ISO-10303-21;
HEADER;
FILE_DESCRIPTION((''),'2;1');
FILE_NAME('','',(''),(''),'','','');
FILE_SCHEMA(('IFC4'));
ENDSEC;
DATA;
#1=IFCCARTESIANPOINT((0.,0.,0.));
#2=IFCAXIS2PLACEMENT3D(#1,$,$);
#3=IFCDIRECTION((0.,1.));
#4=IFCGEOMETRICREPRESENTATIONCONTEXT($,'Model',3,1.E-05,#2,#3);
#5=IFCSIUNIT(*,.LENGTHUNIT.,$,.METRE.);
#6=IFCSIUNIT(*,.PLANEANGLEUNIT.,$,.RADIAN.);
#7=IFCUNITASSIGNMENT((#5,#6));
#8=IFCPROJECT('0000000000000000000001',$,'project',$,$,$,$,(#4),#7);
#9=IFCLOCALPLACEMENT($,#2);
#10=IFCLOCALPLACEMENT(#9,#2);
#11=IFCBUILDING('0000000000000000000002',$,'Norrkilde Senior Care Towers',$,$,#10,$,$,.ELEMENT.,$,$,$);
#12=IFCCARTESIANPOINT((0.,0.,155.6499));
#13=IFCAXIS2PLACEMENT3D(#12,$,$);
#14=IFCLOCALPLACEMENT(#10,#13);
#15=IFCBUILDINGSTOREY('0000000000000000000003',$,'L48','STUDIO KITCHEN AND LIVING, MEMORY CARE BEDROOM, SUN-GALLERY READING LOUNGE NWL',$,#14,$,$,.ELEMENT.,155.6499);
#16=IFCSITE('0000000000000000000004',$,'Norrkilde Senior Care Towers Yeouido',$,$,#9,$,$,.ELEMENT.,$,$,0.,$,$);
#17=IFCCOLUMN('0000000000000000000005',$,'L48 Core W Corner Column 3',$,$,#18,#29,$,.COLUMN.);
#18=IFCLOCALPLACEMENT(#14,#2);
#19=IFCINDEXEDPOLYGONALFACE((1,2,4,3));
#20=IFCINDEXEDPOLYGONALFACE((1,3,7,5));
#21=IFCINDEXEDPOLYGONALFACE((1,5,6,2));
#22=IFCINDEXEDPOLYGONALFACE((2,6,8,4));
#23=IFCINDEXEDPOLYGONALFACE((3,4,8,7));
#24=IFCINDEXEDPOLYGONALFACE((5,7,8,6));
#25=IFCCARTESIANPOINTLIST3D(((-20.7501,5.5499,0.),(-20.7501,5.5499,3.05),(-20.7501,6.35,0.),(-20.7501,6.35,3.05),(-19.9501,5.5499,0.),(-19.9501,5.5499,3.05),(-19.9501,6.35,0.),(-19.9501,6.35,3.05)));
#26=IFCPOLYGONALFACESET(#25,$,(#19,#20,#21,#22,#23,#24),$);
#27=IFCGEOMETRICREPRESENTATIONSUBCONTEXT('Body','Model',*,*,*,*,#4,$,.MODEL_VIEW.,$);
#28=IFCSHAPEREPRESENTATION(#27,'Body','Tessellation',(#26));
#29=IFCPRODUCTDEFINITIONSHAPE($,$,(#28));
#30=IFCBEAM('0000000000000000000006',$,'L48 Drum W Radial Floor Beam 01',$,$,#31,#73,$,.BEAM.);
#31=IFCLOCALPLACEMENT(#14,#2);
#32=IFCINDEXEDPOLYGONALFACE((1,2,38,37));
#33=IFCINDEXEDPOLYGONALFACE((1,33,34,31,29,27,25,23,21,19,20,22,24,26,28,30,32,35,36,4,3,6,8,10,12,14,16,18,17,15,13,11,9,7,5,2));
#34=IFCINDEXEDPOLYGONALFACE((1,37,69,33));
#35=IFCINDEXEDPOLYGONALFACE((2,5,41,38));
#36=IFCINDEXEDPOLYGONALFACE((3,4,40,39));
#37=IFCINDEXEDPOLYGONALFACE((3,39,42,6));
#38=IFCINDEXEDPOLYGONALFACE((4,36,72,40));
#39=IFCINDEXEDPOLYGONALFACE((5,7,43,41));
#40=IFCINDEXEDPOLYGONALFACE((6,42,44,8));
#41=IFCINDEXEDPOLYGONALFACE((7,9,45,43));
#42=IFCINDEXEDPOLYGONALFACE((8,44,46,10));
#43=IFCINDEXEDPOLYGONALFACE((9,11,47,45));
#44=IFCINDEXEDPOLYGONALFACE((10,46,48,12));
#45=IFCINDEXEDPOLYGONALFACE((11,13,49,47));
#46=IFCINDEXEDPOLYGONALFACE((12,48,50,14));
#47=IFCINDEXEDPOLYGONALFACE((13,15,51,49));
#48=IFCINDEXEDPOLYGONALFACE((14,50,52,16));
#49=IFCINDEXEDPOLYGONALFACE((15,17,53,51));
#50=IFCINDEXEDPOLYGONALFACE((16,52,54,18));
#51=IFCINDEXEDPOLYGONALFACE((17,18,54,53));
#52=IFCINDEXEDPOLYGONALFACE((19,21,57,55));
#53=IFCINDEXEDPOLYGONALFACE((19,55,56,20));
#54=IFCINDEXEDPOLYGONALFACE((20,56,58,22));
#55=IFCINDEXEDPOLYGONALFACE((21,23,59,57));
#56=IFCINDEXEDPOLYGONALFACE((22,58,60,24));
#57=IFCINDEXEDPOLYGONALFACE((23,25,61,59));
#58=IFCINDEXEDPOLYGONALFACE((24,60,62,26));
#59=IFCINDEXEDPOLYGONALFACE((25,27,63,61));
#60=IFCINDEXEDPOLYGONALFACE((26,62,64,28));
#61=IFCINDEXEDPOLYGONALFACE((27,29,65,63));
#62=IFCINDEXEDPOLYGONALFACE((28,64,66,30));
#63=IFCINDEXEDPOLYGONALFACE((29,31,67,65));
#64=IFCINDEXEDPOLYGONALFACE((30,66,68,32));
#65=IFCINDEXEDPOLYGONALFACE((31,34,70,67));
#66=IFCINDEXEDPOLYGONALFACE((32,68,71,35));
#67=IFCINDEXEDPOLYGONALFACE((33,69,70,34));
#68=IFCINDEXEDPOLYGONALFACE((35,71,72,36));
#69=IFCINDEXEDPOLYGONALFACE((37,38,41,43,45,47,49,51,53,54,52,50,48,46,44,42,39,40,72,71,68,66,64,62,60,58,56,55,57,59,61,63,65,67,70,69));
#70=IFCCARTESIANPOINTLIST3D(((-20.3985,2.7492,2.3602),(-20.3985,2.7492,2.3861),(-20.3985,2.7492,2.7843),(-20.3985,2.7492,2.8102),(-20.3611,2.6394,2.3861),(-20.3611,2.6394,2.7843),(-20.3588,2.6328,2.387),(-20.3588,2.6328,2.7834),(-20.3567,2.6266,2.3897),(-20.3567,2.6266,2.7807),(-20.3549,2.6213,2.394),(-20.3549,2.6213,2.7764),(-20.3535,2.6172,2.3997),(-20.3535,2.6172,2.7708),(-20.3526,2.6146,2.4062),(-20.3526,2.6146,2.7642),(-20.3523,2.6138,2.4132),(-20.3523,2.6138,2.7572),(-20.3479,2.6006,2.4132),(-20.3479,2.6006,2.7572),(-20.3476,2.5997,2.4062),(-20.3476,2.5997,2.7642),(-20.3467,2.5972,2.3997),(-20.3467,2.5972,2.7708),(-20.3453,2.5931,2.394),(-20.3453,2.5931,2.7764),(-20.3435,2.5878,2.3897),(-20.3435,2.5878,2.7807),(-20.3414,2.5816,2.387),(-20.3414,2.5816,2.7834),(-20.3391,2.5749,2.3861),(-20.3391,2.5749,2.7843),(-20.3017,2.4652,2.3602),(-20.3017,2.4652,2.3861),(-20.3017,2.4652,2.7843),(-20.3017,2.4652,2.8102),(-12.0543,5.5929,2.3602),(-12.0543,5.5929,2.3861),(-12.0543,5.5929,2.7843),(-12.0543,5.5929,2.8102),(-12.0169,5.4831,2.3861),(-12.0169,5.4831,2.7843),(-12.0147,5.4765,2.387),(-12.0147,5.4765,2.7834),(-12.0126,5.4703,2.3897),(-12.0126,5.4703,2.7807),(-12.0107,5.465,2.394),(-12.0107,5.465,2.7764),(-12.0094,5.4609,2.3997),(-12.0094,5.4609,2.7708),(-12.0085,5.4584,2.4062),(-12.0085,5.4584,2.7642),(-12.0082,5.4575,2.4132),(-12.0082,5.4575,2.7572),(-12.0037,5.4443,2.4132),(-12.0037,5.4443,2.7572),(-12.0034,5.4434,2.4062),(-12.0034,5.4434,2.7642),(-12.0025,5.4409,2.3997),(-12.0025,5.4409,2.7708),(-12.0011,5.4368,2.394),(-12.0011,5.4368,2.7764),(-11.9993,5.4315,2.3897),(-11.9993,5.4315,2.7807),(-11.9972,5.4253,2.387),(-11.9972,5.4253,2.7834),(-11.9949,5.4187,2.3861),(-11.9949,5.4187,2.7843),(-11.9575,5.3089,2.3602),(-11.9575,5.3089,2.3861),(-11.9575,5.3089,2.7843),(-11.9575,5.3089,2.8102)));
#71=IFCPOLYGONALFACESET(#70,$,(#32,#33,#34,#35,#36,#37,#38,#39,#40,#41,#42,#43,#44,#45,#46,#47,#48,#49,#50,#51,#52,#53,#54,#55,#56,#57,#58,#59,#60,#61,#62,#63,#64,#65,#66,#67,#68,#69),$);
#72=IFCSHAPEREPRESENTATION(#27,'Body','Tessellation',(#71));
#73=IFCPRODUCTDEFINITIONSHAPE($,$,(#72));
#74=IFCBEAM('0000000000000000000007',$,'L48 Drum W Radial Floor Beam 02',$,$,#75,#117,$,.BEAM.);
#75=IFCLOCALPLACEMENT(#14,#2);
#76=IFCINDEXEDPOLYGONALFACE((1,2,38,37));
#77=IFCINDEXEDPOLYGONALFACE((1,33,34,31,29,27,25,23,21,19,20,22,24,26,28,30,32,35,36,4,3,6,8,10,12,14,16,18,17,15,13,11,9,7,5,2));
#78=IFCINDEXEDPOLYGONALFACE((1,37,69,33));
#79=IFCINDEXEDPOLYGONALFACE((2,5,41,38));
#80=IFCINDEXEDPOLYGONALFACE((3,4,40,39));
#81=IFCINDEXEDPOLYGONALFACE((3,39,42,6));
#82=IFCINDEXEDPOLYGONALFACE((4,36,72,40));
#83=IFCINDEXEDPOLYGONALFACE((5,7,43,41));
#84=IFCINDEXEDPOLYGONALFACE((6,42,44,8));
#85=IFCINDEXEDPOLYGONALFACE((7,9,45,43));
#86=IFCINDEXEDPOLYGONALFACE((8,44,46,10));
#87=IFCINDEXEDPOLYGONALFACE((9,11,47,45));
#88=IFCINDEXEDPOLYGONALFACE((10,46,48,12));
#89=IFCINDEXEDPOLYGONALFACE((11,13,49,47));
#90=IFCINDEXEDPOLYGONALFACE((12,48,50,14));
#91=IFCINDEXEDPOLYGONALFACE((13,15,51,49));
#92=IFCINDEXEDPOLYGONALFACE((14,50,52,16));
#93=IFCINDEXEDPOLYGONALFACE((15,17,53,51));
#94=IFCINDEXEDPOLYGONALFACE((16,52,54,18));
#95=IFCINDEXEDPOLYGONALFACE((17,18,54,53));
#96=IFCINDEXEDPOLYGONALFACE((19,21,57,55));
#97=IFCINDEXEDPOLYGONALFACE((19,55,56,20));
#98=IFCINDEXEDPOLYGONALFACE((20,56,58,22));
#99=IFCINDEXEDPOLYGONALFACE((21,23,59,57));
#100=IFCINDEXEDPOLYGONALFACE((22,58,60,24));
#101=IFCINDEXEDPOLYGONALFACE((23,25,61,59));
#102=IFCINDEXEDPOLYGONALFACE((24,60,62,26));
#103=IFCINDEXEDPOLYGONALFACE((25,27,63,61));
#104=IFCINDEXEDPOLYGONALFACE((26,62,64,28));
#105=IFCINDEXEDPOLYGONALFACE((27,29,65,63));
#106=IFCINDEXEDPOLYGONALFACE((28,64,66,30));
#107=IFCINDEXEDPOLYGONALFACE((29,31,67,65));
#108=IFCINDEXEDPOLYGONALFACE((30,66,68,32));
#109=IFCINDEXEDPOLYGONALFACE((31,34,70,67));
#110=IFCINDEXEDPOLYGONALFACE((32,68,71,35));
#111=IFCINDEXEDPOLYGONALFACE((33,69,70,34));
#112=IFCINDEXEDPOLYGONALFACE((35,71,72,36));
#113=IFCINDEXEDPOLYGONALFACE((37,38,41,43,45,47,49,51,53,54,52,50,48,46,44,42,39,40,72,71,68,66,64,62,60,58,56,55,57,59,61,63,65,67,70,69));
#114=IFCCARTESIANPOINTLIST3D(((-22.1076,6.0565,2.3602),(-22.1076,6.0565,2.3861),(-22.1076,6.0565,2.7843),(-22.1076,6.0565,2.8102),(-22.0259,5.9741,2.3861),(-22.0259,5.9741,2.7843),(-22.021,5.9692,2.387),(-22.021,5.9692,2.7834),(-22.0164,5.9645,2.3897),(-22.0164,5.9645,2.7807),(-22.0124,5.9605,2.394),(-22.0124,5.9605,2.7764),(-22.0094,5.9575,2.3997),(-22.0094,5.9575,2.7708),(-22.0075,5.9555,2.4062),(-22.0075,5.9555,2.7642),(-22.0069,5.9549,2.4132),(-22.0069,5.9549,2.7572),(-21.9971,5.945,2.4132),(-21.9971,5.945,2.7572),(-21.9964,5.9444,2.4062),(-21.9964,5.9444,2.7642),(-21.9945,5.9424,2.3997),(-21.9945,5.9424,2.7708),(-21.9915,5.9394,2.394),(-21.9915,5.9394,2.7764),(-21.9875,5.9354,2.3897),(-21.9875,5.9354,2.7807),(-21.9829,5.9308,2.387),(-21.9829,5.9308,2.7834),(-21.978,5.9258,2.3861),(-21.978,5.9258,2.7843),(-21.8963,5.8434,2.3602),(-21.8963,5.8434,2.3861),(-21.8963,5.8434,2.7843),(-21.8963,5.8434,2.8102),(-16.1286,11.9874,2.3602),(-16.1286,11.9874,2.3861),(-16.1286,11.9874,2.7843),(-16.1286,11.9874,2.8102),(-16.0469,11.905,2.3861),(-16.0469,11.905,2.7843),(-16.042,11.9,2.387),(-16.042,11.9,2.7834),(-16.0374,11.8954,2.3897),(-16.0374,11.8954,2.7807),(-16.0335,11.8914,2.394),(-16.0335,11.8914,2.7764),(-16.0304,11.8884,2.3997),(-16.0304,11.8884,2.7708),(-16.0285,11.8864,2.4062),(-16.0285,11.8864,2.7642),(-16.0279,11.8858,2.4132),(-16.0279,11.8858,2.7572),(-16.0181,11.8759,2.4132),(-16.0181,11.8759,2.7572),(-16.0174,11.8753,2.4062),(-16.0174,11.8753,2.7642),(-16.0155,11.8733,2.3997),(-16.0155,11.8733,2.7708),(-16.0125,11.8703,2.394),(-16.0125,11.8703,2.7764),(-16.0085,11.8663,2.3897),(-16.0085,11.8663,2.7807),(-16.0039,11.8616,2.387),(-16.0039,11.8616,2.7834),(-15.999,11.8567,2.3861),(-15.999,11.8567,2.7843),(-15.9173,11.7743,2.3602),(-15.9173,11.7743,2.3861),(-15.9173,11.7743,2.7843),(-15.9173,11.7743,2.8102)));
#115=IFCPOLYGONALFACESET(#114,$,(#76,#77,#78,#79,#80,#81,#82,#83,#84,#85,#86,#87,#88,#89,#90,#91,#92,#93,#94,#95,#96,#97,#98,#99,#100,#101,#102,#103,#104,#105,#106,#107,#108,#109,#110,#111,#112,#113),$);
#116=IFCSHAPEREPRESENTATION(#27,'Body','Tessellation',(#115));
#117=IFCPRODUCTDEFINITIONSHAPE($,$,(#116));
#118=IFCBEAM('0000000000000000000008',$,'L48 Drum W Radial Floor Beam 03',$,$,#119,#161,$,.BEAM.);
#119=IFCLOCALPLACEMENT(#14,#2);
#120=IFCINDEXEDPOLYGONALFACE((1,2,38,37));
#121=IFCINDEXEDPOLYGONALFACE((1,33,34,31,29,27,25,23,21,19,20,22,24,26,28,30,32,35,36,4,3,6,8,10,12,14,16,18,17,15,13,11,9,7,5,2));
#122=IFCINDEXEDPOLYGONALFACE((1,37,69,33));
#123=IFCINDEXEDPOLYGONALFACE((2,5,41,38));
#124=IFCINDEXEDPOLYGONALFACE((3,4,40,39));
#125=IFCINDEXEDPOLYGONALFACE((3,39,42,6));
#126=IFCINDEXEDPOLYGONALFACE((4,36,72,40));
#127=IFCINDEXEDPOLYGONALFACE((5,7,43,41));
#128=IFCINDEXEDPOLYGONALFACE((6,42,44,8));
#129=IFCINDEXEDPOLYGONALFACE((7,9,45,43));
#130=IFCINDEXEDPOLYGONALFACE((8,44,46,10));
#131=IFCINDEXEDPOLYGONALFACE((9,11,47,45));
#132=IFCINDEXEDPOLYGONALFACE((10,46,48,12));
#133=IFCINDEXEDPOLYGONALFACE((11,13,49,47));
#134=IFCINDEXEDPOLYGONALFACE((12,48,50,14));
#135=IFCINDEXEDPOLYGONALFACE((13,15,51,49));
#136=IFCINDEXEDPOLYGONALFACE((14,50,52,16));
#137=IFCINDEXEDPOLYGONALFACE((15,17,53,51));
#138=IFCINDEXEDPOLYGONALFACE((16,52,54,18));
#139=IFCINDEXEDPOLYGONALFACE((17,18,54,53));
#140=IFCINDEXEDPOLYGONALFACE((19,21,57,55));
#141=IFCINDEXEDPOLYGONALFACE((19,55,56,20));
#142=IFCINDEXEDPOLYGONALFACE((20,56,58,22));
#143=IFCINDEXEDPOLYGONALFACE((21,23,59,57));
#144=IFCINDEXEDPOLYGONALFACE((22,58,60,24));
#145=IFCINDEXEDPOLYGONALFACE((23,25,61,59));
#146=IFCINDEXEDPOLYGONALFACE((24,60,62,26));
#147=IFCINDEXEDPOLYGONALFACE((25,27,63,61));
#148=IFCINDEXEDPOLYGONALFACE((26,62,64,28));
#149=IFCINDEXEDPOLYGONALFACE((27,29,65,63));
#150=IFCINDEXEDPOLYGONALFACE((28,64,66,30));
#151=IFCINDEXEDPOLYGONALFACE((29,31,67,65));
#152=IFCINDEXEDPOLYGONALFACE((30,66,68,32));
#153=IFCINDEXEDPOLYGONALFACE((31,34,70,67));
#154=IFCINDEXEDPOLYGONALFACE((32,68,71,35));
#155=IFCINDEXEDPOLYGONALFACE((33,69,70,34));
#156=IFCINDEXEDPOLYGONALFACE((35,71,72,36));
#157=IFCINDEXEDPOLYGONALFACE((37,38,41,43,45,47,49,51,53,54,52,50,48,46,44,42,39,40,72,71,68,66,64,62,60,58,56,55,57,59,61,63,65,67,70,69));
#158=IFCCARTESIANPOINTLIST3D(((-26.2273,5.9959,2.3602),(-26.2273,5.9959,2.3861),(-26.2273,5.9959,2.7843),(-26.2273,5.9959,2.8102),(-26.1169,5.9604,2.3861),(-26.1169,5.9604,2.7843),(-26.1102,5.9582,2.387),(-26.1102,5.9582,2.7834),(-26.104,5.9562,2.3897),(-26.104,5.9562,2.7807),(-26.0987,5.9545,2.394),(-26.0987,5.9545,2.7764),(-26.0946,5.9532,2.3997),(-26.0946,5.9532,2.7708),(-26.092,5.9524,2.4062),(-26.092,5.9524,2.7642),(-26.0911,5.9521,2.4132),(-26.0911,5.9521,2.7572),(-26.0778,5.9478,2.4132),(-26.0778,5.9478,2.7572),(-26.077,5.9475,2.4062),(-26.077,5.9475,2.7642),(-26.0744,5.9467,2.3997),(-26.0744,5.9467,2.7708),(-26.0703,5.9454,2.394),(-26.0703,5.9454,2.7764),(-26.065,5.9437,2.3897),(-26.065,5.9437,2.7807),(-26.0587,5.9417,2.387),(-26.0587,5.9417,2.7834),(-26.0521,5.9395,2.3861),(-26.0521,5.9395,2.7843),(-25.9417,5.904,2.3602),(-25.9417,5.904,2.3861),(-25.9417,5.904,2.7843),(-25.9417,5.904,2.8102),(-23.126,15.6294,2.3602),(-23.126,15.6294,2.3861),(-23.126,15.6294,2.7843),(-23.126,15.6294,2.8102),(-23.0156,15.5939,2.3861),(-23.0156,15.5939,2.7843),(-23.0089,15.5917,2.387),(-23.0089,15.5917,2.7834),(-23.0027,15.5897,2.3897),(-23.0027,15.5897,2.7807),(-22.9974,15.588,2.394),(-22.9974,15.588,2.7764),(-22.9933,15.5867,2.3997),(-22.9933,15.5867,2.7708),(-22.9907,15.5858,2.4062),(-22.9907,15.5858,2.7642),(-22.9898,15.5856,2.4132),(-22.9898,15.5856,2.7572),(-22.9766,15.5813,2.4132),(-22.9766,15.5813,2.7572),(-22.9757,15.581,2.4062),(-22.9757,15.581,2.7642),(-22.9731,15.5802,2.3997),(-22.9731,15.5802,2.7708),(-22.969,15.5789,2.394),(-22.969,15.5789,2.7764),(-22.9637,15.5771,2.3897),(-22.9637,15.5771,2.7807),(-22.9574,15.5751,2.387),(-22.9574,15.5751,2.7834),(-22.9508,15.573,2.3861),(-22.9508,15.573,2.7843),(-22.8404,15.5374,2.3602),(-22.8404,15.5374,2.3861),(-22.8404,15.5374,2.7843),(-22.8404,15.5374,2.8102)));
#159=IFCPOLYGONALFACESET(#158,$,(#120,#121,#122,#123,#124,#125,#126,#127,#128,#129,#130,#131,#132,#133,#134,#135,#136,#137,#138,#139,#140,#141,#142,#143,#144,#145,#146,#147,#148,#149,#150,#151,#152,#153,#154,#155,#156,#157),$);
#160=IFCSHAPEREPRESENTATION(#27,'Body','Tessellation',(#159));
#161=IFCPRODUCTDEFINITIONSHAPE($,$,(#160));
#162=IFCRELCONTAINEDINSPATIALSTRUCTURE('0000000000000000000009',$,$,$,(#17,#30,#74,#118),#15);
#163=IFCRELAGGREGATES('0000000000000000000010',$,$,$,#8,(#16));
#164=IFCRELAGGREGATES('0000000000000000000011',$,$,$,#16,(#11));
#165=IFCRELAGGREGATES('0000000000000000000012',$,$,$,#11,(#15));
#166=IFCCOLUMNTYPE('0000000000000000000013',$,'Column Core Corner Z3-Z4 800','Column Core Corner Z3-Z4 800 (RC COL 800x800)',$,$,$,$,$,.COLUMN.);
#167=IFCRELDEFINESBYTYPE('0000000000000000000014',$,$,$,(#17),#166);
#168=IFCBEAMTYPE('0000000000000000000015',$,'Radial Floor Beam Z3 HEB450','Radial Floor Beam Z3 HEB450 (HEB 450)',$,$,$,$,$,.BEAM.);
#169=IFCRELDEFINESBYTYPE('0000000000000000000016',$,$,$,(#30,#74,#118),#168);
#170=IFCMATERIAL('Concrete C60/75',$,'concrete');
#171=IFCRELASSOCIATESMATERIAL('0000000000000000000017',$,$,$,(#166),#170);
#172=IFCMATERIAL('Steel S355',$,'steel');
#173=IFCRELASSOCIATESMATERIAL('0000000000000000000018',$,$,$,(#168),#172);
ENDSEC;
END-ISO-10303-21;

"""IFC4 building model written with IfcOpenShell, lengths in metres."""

from ifc_helpers import new_model, si_unit, direction, frame, origin, origin_2d, place, context, subcontext, project, spatial, rectangle, i_section, extrude, source, transform, mapped, material, material_profile, profile_set, type_object, type_shapes, element, save


model = new_model("IFC4")

# Units and contexts
model_context = context("Model", 3, precision=1e-05, world=origin(), true_north=direction((0.0, 1.0)))
body_context = subcontext(model_context, "Body", "Model", "MODEL_VIEW")
ifc_project = project(units=[si_unit("LENGTHUNIT", "METRE"), si_unit("PLANEANGLEUNIT", "RADIAN")], contexts=[model_context])

# Site, building, storey
site_placement = place(None, origin())
site = spatial("IfcSite", under=ifc_project, at=site_placement, Name="Norrkilde Senior Care Towers Yeouido", CompositionType="ELEMENT", RefElevation=0.0)
building_placement = place(site_placement, origin())
building = spatial("IfcBuilding", under=site, at=building_placement, Name="Norrkilde Senior Care Towers", CompositionType="ELEMENT")
storey_placement = place(building_placement, frame((0.0, 0.0, 155.6499)))
storey = spatial("IfcBuildingStorey", under=building, at=storey_placement, Name="L48", Description="STUDIO KITCHEN AND LIVING, MEMORY CARE BEDROOM, SUN-GALLERY READING LOUNGE NWL", CompositionType="ELEMENT", Elevation=155.6499)

# Column
ifc_material_1 = material(Name="Concrete C60/75", Category="concrete")
ifc_material_profile_1 = material_profile(ifc_material_1, rectangle(XDim=0.8, YDim=0.8, at=origin_2d()), Name="RC COL 800x800")
ifc_profile_set_1 = profile_set([ifc_material_profile_1], Name="Concrete C60/75")
column_type = type_object("IfcColumnType", Name="Column Core Corner Z3-Z4 800", Description="Column Core Corner Z3-Z4 800 (RC COL 800x800)", PredefinedType="COLUMN", material=ifc_profile_set_1)
shared_shape_1 = source(origin(), body_context, "Body", "SweptSolid", [
    extrude(rectangle(XDim=0.8, YDim=0.8, at=origin_2d()), origin(), (0.0, 0.0, 1.0), 3.05),
])
type_shapes(column_type, [shared_shape_1])
column_placement = place(storey_placement, frame((-20.3501, 5.95, 0.0), z_axis=(0.0, 0.0, 1.0), x_axis=(1.0, 0.0, 0.0)))
element("IfcColumn", 1, at=column_placement, inside=storey, type_object=column_type, Name="L48 Core W Corner Column 3", PredefinedType="COLUMN", context=body_context, shape_type="MappedRepresentation", body=[
    mapped(shared_shape_1, transform((0.0, 0.0, 0.0), x_axis=(1.0, 0.0, 0.0), y_axis=(0.0, 1.0, 0.0), z_axis=(0.0, 0.0, 1.0), scale=1.0)),
])

# Beams
ifc_material_2 = material(Name="Steel S355", Category="steel")
ifc_material_profile_2 = material_profile(ifc_material_2, i_section(OverallWidth=0.3, OverallDepth=0.45, WebThickness=0.0139, FlangeThickness=0.0259, FilletRadius=0.0271, at=origin_2d()), Name="HEB 450")
ifc_profile_set_2 = profile_set([ifc_material_profile_2], Name="Steel S355")
beam_type = type_object("IfcBeamType", Name="Radial Floor Beam Z3 HEB450", Description="Radial Floor Beam Z3 HEB450 (HEB 450)", PredefinedType="BEAM", material=ifc_profile_set_2)
shared_shape_2 = source(origin(), body_context, "Body", "SweptSolid", [
    extrude(i_section(OverallWidth=0.3, OverallDepth=0.45, WebThickness=0.0139, FlangeThickness=0.0259, FilletRadius=0.0271, at=origin_2d()), origin(), (0.0, 0.0, 1.0), 8.8154),
])
beam_1_placement = place(storey_placement, frame((-20.3501, 2.6072, 2.5852), z_axis=(0.946541, 0.322585, 0.0), x_axis=(-0.322585, 0.946541, 0.0)))
element("IfcBeam", 2, at=beam_1_placement, inside=storey, type_object=beam_type, Name="L48 Drum W Radial Floor Beam 01", PredefinedType="BEAM", context=body_context, shape_type="MappedRepresentation", body=[
    mapped(shared_shape_2, transform((0.0, 0.0, 0.0), x_axis=(1.0, 0.0, 0.0), y_axis=(0.0, 1.0, 0.0), z_axis=(0.0, 0.0, 1.0), scale=1.0)),
])
shared_shape_3 = source(origin(), body_context, "Body", "SweptSolid", [
    extrude(i_section(OverallWidth=0.3, OverallDepth=0.45, WebThickness=0.0139, FlangeThickness=0.0259, FilletRadius=0.0271, at=origin_2d()), origin(), (0.0, 0.0, 1.0), 8.4216),
])
beam_2_placement = place(storey_placement, frame((-22.002, 5.95, 2.5852), z_axis=(0.709956, 0.704246, 0.0), x_axis=(-0.704246, 0.709956, 0.0)))
element("IfcBeam", 3, at=beam_2_placement, inside=storey, type_object=beam_type, Name="L48 Drum W Radial Floor Beam 02", PredefinedType="BEAM", context=body_context, shape_type="MappedRepresentation", body=[
    mapped(shared_shape_3, transform((0.0, 0.0, 0.0), x_axis=(1.0, 0.0, 0.0), y_axis=(0.0, 1.0, 0.0), z_axis=(0.0, 0.0, 1.0), scale=1.0)),
])
shared_shape_4 = source(origin(), body_context, "Body", "SweptSolid", [
    extrude(i_section(OverallWidth=0.3, OverallDepth=0.45, WebThickness=0.0139, FlangeThickness=0.0259, FilletRadius=0.0271, at=origin_2d()), origin(), (0.0, 0.0, 1.0), 10.1204),
])
type_shapes(beam_type, [shared_shape_2, shared_shape_3, shared_shape_4])
beam_3_placement = place(storey_placement, frame((-26.0845, 5.95, 2.5852), z_axis=(0.306441, 0.95189, 0.0), x_axis=(-0.95189, 0.306441, 0.0)))
element("IfcBeam", 4, at=beam_3_placement, inside=storey, type_object=beam_type, Name="L48 Drum W Radial Floor Beam 03", PredefinedType="BEAM", context=body_context, shape_type="MappedRepresentation", body=[
    mapped(shared_shape_4, transform((0.0, 0.0, 0.0), x_axis=(1.0, 0.0, 0.0), y_axis=(0.0, 1.0, 0.0), z_axis=(0.0, 0.0, 1.0), scale=1.0)),
])

save(model, "model.ifc")
